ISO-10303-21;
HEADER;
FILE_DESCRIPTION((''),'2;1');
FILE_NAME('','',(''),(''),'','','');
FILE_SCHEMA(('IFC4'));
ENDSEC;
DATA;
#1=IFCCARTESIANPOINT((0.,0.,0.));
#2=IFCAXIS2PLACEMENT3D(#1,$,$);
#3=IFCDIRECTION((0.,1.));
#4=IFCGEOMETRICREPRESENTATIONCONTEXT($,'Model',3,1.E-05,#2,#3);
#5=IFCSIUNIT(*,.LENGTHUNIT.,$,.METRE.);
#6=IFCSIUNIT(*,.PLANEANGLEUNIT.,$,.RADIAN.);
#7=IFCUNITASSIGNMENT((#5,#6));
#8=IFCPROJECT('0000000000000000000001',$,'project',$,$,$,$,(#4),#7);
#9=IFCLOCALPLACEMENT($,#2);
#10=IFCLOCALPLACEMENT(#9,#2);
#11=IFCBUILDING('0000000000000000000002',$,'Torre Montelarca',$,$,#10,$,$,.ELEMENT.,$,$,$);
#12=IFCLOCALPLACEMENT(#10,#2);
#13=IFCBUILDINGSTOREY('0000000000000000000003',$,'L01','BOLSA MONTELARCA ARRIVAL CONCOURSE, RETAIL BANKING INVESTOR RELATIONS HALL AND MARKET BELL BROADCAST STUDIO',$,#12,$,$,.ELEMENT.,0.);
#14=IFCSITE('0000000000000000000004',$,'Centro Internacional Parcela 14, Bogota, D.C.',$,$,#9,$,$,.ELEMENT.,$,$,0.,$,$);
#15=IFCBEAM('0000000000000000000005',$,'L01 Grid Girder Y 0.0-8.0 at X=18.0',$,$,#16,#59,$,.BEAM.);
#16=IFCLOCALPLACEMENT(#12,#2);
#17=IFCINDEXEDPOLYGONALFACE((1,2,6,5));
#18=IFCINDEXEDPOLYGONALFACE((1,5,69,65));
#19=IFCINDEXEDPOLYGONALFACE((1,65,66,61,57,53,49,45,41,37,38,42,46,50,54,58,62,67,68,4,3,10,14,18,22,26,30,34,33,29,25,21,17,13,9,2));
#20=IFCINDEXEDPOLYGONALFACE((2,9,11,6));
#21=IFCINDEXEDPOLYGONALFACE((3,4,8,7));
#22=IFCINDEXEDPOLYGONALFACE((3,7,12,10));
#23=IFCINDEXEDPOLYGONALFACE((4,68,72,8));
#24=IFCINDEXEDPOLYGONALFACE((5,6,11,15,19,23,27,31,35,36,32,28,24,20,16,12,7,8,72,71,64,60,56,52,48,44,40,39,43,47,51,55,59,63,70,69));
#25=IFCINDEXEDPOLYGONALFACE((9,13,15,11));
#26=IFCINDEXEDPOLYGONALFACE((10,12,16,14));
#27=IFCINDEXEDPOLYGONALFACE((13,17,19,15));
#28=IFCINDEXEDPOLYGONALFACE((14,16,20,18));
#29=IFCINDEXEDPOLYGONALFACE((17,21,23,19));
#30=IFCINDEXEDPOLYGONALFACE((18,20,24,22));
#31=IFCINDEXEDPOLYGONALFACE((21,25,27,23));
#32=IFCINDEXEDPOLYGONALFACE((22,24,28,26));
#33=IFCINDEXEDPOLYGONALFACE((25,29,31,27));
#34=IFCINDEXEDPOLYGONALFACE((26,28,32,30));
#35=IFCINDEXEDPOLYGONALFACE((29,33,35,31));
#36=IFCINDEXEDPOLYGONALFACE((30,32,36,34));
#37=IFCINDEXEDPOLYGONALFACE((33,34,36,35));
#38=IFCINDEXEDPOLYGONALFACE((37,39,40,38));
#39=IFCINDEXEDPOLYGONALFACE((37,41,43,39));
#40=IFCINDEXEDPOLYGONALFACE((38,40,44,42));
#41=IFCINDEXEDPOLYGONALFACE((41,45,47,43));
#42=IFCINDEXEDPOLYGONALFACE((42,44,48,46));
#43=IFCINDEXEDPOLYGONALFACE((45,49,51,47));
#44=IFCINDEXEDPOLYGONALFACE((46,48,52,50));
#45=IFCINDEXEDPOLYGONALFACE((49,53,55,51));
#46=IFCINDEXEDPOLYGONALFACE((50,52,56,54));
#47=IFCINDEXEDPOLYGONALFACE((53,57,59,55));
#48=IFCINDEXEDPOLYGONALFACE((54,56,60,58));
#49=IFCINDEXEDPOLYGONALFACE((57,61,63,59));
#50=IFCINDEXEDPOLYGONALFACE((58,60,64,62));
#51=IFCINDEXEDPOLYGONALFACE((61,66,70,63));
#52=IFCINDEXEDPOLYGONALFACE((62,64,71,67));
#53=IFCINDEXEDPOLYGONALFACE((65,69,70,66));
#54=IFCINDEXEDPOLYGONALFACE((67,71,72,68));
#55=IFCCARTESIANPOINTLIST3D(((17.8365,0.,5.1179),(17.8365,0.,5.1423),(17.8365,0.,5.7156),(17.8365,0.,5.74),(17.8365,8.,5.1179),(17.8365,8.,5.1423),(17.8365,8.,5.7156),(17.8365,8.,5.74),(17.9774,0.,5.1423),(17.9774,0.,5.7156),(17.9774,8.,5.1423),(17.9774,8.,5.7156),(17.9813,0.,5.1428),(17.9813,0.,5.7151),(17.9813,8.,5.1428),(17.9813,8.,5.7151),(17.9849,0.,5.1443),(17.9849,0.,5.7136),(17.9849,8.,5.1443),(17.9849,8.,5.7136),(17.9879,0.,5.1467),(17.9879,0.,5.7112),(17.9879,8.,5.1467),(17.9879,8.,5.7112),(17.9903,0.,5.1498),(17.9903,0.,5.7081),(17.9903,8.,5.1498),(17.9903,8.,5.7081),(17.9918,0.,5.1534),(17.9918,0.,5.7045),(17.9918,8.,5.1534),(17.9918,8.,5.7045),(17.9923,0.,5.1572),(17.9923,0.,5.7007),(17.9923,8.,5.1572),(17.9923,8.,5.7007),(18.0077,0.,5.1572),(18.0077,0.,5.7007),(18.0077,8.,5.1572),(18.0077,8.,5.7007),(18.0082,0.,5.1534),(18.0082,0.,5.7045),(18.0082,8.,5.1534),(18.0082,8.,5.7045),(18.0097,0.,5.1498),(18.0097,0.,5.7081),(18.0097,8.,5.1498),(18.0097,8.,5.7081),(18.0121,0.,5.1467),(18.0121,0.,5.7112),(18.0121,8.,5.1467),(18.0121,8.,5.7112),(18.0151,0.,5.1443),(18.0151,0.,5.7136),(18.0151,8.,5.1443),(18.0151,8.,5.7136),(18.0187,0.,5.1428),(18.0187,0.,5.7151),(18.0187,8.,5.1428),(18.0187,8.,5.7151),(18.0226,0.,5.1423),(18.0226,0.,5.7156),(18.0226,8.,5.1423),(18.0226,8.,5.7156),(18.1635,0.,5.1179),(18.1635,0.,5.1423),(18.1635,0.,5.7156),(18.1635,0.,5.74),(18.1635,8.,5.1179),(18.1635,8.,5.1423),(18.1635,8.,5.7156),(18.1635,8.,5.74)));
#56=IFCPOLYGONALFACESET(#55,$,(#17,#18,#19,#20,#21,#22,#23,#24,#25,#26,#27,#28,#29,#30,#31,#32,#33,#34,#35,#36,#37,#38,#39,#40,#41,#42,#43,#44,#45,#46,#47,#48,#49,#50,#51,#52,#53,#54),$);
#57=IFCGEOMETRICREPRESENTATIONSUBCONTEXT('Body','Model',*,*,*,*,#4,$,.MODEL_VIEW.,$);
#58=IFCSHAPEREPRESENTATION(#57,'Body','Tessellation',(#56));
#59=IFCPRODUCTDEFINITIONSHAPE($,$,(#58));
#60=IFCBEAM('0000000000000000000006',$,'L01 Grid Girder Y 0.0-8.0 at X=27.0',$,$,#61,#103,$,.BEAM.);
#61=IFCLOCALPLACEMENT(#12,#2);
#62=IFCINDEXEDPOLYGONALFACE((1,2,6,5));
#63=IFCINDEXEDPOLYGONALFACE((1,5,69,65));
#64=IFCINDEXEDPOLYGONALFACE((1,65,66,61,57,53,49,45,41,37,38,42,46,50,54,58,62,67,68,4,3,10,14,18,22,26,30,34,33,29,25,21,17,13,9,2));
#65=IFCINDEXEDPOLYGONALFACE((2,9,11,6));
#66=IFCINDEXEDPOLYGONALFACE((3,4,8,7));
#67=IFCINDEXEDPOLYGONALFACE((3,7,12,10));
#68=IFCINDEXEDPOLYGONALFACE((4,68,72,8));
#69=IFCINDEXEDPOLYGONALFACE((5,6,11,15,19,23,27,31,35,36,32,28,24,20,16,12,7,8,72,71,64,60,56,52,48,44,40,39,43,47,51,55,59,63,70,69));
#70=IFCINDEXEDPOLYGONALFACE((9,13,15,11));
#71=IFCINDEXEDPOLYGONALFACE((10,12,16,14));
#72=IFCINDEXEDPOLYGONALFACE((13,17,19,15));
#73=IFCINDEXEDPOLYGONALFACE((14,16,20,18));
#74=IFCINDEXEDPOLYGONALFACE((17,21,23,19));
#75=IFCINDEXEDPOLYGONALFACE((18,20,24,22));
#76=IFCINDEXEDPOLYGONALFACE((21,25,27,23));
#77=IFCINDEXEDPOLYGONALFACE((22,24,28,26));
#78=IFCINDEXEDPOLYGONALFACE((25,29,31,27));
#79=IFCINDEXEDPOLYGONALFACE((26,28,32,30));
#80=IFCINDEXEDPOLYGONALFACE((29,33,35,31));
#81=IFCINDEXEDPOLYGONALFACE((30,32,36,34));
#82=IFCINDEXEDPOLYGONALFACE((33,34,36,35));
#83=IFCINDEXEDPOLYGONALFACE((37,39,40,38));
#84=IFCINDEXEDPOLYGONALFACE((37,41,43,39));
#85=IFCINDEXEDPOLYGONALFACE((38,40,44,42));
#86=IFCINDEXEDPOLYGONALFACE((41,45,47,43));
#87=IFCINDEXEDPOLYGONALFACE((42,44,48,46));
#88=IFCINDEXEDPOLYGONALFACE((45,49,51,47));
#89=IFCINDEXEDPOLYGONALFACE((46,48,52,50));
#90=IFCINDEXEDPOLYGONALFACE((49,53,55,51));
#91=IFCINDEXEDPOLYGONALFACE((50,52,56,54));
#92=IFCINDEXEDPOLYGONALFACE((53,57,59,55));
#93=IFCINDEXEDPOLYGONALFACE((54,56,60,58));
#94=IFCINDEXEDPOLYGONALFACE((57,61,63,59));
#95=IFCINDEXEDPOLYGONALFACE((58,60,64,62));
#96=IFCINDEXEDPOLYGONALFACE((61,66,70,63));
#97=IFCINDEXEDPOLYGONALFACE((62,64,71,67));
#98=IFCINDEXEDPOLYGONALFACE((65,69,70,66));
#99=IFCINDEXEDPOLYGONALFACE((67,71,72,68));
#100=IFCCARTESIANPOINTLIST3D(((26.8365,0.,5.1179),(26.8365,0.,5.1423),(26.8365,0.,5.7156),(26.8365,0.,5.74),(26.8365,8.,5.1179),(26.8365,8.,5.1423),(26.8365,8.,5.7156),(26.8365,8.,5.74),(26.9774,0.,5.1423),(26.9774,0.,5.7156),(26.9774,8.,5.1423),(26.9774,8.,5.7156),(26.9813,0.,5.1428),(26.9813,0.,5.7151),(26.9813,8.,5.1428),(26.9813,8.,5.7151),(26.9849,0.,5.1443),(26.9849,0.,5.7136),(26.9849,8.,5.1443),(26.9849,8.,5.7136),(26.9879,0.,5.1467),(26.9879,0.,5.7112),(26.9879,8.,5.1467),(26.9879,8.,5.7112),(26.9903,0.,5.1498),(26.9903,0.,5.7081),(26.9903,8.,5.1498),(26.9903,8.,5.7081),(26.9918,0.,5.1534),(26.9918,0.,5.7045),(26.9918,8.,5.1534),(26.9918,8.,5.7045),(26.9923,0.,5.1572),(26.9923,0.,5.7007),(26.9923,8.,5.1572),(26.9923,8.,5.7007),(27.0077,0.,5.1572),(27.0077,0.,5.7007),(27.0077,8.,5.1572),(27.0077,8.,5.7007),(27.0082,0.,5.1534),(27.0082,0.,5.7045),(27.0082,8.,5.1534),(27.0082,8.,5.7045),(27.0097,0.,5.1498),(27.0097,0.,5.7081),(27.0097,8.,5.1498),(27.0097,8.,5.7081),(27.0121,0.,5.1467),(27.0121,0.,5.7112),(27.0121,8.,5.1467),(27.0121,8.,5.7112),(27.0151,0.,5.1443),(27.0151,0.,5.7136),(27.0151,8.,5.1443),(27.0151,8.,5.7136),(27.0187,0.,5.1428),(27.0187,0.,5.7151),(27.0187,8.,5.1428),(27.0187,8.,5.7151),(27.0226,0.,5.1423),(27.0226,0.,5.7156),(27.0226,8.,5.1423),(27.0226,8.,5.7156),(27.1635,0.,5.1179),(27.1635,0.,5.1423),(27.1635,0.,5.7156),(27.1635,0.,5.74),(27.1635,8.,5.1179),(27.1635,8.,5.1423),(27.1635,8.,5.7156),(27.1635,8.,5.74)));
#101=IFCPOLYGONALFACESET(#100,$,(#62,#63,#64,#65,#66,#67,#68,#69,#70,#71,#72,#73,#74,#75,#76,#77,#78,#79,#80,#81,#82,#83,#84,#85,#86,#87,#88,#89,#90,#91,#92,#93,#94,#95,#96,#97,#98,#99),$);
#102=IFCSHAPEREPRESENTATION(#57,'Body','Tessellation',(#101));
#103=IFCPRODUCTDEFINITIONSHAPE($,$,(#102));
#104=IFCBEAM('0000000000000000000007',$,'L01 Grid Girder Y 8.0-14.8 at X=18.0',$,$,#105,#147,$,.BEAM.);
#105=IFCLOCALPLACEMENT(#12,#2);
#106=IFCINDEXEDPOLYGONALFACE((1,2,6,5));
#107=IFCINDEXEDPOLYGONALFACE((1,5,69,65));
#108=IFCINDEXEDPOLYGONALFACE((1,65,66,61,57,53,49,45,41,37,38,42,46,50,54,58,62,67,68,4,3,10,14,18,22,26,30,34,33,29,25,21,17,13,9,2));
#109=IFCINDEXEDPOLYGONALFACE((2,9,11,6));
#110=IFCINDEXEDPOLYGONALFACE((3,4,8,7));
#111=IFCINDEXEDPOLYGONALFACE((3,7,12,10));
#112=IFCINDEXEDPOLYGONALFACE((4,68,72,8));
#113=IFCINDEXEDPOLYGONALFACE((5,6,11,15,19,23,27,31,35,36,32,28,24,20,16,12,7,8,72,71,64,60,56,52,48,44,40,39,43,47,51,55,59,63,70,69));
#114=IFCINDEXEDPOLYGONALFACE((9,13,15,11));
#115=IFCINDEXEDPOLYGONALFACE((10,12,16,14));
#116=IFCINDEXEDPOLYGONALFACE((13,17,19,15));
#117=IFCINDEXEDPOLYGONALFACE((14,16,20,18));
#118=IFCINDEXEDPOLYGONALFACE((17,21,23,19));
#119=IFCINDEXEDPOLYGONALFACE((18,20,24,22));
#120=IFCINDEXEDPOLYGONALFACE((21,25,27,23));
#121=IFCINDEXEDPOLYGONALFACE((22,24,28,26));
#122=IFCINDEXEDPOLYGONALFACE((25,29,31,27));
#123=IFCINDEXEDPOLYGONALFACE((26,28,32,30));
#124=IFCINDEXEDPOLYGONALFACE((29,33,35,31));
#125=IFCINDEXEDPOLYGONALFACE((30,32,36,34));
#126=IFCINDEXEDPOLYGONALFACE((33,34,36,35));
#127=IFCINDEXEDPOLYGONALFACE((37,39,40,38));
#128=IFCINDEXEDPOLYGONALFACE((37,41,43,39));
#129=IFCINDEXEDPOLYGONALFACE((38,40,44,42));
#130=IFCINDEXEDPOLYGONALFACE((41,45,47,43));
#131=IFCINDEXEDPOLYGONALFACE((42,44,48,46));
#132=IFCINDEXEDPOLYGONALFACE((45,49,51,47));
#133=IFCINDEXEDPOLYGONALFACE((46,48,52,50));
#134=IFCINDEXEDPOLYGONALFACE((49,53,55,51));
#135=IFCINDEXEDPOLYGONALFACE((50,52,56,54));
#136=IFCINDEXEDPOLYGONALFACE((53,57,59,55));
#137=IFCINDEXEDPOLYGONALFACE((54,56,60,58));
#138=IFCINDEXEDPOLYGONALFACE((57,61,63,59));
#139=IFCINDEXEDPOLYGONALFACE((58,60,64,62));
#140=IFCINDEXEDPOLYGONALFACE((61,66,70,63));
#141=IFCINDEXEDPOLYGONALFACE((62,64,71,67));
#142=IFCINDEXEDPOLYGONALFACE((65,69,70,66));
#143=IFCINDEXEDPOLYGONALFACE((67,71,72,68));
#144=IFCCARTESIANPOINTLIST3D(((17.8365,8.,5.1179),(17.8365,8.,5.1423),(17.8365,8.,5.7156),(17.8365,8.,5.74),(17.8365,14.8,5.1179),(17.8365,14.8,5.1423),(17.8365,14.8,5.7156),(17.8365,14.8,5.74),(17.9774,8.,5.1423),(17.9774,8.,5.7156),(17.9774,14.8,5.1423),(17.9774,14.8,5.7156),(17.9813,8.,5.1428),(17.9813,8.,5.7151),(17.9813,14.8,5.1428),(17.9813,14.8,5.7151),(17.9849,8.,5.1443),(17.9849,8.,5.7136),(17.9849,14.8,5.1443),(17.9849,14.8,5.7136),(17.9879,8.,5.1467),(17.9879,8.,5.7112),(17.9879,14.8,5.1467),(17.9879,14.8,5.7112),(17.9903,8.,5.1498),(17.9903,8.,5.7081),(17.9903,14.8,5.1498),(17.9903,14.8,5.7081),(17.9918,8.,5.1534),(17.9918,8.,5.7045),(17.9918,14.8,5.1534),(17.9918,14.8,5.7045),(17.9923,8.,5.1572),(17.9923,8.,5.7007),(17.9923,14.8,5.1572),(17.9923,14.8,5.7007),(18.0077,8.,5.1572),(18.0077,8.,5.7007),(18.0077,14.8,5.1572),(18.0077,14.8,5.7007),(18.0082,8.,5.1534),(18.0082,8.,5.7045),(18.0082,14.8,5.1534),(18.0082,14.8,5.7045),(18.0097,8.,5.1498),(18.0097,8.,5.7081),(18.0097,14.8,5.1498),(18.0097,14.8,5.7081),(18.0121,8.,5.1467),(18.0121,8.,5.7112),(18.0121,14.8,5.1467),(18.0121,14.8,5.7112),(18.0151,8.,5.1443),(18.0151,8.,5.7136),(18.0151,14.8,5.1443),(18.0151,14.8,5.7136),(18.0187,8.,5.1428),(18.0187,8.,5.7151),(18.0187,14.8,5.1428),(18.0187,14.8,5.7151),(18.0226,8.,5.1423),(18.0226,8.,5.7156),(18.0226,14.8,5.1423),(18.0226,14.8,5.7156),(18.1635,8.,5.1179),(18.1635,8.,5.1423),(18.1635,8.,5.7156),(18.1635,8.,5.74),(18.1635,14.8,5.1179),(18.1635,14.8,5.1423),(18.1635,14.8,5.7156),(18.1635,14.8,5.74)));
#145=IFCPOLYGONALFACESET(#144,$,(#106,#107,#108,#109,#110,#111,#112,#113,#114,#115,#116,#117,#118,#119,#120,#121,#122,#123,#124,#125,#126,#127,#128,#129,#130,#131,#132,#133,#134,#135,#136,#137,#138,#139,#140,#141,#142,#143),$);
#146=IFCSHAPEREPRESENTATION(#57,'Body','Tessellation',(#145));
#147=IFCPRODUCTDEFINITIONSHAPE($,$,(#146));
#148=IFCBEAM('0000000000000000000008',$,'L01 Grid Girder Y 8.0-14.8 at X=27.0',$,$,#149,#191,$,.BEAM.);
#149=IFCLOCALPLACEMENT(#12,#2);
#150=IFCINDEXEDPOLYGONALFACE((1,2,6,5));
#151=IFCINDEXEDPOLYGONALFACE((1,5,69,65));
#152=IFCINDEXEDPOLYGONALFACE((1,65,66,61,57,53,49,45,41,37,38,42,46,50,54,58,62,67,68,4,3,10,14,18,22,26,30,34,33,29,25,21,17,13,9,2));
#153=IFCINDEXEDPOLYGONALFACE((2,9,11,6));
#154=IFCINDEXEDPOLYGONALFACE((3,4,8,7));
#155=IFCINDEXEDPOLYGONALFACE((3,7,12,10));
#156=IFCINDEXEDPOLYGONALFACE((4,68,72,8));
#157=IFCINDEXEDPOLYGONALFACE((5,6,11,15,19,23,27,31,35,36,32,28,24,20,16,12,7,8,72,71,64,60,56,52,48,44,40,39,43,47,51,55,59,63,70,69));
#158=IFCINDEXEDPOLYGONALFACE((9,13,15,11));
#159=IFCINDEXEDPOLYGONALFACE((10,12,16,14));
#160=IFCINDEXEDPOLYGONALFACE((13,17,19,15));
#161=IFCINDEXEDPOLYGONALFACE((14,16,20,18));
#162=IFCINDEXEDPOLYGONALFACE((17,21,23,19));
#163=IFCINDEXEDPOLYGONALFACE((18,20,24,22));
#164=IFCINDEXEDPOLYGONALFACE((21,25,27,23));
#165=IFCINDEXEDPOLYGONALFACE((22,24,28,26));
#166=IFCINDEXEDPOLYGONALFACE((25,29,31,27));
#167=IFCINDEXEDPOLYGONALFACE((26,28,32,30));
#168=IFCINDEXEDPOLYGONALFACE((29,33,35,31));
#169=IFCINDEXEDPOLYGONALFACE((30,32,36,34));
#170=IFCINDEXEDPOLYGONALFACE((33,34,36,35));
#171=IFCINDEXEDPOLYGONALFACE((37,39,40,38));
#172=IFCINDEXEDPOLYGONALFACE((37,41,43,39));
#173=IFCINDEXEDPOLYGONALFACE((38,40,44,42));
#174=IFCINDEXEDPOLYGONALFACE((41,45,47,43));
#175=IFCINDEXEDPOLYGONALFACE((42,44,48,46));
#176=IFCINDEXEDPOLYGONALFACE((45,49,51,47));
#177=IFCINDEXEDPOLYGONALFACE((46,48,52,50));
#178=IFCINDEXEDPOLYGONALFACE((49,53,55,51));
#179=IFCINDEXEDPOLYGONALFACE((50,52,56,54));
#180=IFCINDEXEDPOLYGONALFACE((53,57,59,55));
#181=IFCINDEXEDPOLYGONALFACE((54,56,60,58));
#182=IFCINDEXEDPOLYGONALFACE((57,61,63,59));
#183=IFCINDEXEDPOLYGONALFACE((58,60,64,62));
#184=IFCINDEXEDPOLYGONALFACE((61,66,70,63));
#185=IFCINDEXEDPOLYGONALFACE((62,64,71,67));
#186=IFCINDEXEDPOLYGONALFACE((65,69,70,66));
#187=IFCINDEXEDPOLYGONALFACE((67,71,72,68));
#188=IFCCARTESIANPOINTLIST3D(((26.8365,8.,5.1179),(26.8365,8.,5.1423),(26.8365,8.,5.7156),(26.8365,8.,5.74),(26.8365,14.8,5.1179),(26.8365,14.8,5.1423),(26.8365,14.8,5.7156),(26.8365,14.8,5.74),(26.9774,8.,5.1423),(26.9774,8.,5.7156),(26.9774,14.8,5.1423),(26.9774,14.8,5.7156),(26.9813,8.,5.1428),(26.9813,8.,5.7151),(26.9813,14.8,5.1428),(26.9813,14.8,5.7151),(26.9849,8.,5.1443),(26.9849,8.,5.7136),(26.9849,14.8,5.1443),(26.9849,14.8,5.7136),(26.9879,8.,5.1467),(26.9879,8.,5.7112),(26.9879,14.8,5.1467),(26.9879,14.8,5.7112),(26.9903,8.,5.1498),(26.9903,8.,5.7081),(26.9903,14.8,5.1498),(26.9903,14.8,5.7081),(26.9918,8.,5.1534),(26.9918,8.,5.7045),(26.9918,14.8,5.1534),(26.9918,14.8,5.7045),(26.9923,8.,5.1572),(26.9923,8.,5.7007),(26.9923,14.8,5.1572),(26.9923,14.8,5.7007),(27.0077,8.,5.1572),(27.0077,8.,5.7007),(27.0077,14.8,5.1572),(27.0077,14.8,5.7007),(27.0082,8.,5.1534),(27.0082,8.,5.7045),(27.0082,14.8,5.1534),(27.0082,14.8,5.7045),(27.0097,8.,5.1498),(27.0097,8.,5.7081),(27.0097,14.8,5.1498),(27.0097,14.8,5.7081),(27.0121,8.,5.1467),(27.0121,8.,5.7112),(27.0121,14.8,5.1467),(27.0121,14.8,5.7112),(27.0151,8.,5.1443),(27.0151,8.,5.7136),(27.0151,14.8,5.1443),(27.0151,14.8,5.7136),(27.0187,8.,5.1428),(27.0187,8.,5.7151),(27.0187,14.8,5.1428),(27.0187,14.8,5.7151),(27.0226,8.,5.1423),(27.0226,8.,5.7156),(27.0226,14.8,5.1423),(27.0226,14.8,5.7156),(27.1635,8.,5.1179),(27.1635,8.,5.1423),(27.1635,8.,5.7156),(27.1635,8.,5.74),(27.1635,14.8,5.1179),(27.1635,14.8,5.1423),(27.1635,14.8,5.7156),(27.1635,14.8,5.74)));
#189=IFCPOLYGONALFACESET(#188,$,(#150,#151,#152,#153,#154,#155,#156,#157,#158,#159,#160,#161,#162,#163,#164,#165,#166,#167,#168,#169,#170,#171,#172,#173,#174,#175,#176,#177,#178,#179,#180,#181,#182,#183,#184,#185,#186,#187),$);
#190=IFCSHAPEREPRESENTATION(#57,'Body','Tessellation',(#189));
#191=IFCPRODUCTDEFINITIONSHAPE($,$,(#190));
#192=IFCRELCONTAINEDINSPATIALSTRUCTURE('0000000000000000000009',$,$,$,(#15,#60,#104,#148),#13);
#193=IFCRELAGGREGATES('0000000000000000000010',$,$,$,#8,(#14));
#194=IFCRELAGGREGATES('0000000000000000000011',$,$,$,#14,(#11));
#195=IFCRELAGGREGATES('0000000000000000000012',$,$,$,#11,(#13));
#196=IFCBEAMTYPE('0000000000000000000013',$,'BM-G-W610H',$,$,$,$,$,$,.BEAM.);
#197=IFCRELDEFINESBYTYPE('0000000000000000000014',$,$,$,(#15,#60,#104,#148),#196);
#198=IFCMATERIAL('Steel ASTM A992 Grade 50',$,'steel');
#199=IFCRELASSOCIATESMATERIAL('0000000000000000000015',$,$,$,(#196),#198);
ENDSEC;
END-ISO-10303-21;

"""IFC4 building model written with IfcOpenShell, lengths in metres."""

from ifc_helpers import new_model, si_unit, direction, frame, origin, origin_2d, place, context, subcontext, project, spatial, i_section, extrude, source, transform, mapped, material, material_profile, profile_set, type_object, element, save


model = new_model("IFC4")

# Units and contexts
model_context = context("Model", 3, precision=1e-05, world=origin(), true_north=direction((0.0, 1.0)))
body_context = subcontext(model_context, "Body", "Model", "MODEL_VIEW")
ifc_project = project(units=[si_unit("LENGTHUNIT", "METRE"), si_unit("PLANEANGLEUNIT", "RADIAN")], contexts=[model_context])

# Site, building, storey
site_placement = place(None, origin())
site = spatial("IfcSite", under=ifc_project, at=site_placement, Name="Centro Internacional Parcela 14, Bogota, D.C.", CompositionType="ELEMENT", RefElevation=0.0)
building_placement = place(site_placement, origin())
building = spatial("IfcBuilding", under=site, at=building_placement, Name="Torre Montelarca", CompositionType="ELEMENT")
storey_placement = place(building_placement, origin())
storey = spatial("IfcBuildingStorey", under=building, at=storey_placement, Name="L01", Description="BOLSA MONTELARCA ARRIVAL CONCOURSE, RETAIL BANKING INVESTOR RELATIONS HALL AND MARKET BELL BROADCAST STUDIO", CompositionType="ELEMENT", Elevation=0.0)

# Beams
ifc_material_1 = material(Name="Steel ASTM A992 Grade 50", Category="steel")
ifc_material_profile_1 = material_profile(ifc_material_1, i_section(OverallWidth=0.3269, OverallDepth=0.6221, WebThickness=0.0154, FlangeThickness=0.0244, FilletRadius=0.0149, at=origin_2d()), Name="W610X195", Category="steel")
ifc_profile_set_1 = profile_set([ifc_material_profile_1], Name="Steel ASTM A992 Grade 50")
beam_type_1 = type_object("IfcBeamType", Name="BM-G-W610H", PredefinedType="BEAM", material=ifc_profile_set_1)
shared_shape_1 = source(origin(), body_context, "Body", "SweptSolid", [
    extrude(i_section(OverallWidth=0.3269, OverallDepth=0.6221, WebThickness=0.0154, FlangeThickness=0.0244, FilletRadius=0.0149, at=origin_2d()), origin(), (0.0, 0.0, 1.0), 8.0),
])
for number, where, z_axis, x_axis, name in (
    (1, (18.0, 0.0, 5.429), (0.0, 1.0, 0.0), (-1.0, 0.0, 0.0), "L01 Grid Girder Y 0.0-8.0 at X=18.0"),
    (2, (27.0, 0.0, 5.429), (0.0, 1.0, 0.0), (-1.0, 0.0, 0.0), "L01 Grid Girder Y 0.0-8.0 at X=27.0"),
):
    element("IfcBeam", number, at=place(storey_placement, frame(where, z_axis=z_axis, x_axis=x_axis)), inside=storey, type_object=beam_type_1, Name=name, PredefinedType="BEAM", context=body_context, shape_type="MappedRepresentation", body=[
        mapped(shared_shape_1, transform((0.0, 0.0, 0.0), scale=1.0)),
    ])
shared_shape_2 = source(origin(), body_context, "Body", "SweptSolid", [
    extrude(i_section(OverallWidth=0.3269, OverallDepth=0.6221, WebThickness=0.0154, FlangeThickness=0.0244, FilletRadius=0.0149, at=origin_2d()), origin(), (0.0, 0.0, 1.0), 6.8),
])
for number, where, z_axis, x_axis, name in (
    (3, (18.0, 8.0, 5.429), (0.0, 1.0, 0.0), (-1.0, 0.0, 0.0), "L01 Grid Girder Y 8.0-14.8 at X=18.0"),
    (4, (27.0, 8.0, 5.429), (0.0, 1.0, 0.0), (-1.0, 0.0, 0.0), "L01 Grid Girder Y 8.0-14.8 at X=27.0"),
):
    element("IfcBeam", number, at=place(storey_placement, frame(where, z_axis=z_axis, x_axis=x_axis)), inside=storey, type_object=beam_type_1, Name=name, PredefinedType="BEAM", context=body_context, shape_type="MappedRepresentation", body=[
        mapped(shared_shape_2, transform((0.0, 0.0, 0.0), scale=1.0)),
    ])

save(model, "model.ifc")
